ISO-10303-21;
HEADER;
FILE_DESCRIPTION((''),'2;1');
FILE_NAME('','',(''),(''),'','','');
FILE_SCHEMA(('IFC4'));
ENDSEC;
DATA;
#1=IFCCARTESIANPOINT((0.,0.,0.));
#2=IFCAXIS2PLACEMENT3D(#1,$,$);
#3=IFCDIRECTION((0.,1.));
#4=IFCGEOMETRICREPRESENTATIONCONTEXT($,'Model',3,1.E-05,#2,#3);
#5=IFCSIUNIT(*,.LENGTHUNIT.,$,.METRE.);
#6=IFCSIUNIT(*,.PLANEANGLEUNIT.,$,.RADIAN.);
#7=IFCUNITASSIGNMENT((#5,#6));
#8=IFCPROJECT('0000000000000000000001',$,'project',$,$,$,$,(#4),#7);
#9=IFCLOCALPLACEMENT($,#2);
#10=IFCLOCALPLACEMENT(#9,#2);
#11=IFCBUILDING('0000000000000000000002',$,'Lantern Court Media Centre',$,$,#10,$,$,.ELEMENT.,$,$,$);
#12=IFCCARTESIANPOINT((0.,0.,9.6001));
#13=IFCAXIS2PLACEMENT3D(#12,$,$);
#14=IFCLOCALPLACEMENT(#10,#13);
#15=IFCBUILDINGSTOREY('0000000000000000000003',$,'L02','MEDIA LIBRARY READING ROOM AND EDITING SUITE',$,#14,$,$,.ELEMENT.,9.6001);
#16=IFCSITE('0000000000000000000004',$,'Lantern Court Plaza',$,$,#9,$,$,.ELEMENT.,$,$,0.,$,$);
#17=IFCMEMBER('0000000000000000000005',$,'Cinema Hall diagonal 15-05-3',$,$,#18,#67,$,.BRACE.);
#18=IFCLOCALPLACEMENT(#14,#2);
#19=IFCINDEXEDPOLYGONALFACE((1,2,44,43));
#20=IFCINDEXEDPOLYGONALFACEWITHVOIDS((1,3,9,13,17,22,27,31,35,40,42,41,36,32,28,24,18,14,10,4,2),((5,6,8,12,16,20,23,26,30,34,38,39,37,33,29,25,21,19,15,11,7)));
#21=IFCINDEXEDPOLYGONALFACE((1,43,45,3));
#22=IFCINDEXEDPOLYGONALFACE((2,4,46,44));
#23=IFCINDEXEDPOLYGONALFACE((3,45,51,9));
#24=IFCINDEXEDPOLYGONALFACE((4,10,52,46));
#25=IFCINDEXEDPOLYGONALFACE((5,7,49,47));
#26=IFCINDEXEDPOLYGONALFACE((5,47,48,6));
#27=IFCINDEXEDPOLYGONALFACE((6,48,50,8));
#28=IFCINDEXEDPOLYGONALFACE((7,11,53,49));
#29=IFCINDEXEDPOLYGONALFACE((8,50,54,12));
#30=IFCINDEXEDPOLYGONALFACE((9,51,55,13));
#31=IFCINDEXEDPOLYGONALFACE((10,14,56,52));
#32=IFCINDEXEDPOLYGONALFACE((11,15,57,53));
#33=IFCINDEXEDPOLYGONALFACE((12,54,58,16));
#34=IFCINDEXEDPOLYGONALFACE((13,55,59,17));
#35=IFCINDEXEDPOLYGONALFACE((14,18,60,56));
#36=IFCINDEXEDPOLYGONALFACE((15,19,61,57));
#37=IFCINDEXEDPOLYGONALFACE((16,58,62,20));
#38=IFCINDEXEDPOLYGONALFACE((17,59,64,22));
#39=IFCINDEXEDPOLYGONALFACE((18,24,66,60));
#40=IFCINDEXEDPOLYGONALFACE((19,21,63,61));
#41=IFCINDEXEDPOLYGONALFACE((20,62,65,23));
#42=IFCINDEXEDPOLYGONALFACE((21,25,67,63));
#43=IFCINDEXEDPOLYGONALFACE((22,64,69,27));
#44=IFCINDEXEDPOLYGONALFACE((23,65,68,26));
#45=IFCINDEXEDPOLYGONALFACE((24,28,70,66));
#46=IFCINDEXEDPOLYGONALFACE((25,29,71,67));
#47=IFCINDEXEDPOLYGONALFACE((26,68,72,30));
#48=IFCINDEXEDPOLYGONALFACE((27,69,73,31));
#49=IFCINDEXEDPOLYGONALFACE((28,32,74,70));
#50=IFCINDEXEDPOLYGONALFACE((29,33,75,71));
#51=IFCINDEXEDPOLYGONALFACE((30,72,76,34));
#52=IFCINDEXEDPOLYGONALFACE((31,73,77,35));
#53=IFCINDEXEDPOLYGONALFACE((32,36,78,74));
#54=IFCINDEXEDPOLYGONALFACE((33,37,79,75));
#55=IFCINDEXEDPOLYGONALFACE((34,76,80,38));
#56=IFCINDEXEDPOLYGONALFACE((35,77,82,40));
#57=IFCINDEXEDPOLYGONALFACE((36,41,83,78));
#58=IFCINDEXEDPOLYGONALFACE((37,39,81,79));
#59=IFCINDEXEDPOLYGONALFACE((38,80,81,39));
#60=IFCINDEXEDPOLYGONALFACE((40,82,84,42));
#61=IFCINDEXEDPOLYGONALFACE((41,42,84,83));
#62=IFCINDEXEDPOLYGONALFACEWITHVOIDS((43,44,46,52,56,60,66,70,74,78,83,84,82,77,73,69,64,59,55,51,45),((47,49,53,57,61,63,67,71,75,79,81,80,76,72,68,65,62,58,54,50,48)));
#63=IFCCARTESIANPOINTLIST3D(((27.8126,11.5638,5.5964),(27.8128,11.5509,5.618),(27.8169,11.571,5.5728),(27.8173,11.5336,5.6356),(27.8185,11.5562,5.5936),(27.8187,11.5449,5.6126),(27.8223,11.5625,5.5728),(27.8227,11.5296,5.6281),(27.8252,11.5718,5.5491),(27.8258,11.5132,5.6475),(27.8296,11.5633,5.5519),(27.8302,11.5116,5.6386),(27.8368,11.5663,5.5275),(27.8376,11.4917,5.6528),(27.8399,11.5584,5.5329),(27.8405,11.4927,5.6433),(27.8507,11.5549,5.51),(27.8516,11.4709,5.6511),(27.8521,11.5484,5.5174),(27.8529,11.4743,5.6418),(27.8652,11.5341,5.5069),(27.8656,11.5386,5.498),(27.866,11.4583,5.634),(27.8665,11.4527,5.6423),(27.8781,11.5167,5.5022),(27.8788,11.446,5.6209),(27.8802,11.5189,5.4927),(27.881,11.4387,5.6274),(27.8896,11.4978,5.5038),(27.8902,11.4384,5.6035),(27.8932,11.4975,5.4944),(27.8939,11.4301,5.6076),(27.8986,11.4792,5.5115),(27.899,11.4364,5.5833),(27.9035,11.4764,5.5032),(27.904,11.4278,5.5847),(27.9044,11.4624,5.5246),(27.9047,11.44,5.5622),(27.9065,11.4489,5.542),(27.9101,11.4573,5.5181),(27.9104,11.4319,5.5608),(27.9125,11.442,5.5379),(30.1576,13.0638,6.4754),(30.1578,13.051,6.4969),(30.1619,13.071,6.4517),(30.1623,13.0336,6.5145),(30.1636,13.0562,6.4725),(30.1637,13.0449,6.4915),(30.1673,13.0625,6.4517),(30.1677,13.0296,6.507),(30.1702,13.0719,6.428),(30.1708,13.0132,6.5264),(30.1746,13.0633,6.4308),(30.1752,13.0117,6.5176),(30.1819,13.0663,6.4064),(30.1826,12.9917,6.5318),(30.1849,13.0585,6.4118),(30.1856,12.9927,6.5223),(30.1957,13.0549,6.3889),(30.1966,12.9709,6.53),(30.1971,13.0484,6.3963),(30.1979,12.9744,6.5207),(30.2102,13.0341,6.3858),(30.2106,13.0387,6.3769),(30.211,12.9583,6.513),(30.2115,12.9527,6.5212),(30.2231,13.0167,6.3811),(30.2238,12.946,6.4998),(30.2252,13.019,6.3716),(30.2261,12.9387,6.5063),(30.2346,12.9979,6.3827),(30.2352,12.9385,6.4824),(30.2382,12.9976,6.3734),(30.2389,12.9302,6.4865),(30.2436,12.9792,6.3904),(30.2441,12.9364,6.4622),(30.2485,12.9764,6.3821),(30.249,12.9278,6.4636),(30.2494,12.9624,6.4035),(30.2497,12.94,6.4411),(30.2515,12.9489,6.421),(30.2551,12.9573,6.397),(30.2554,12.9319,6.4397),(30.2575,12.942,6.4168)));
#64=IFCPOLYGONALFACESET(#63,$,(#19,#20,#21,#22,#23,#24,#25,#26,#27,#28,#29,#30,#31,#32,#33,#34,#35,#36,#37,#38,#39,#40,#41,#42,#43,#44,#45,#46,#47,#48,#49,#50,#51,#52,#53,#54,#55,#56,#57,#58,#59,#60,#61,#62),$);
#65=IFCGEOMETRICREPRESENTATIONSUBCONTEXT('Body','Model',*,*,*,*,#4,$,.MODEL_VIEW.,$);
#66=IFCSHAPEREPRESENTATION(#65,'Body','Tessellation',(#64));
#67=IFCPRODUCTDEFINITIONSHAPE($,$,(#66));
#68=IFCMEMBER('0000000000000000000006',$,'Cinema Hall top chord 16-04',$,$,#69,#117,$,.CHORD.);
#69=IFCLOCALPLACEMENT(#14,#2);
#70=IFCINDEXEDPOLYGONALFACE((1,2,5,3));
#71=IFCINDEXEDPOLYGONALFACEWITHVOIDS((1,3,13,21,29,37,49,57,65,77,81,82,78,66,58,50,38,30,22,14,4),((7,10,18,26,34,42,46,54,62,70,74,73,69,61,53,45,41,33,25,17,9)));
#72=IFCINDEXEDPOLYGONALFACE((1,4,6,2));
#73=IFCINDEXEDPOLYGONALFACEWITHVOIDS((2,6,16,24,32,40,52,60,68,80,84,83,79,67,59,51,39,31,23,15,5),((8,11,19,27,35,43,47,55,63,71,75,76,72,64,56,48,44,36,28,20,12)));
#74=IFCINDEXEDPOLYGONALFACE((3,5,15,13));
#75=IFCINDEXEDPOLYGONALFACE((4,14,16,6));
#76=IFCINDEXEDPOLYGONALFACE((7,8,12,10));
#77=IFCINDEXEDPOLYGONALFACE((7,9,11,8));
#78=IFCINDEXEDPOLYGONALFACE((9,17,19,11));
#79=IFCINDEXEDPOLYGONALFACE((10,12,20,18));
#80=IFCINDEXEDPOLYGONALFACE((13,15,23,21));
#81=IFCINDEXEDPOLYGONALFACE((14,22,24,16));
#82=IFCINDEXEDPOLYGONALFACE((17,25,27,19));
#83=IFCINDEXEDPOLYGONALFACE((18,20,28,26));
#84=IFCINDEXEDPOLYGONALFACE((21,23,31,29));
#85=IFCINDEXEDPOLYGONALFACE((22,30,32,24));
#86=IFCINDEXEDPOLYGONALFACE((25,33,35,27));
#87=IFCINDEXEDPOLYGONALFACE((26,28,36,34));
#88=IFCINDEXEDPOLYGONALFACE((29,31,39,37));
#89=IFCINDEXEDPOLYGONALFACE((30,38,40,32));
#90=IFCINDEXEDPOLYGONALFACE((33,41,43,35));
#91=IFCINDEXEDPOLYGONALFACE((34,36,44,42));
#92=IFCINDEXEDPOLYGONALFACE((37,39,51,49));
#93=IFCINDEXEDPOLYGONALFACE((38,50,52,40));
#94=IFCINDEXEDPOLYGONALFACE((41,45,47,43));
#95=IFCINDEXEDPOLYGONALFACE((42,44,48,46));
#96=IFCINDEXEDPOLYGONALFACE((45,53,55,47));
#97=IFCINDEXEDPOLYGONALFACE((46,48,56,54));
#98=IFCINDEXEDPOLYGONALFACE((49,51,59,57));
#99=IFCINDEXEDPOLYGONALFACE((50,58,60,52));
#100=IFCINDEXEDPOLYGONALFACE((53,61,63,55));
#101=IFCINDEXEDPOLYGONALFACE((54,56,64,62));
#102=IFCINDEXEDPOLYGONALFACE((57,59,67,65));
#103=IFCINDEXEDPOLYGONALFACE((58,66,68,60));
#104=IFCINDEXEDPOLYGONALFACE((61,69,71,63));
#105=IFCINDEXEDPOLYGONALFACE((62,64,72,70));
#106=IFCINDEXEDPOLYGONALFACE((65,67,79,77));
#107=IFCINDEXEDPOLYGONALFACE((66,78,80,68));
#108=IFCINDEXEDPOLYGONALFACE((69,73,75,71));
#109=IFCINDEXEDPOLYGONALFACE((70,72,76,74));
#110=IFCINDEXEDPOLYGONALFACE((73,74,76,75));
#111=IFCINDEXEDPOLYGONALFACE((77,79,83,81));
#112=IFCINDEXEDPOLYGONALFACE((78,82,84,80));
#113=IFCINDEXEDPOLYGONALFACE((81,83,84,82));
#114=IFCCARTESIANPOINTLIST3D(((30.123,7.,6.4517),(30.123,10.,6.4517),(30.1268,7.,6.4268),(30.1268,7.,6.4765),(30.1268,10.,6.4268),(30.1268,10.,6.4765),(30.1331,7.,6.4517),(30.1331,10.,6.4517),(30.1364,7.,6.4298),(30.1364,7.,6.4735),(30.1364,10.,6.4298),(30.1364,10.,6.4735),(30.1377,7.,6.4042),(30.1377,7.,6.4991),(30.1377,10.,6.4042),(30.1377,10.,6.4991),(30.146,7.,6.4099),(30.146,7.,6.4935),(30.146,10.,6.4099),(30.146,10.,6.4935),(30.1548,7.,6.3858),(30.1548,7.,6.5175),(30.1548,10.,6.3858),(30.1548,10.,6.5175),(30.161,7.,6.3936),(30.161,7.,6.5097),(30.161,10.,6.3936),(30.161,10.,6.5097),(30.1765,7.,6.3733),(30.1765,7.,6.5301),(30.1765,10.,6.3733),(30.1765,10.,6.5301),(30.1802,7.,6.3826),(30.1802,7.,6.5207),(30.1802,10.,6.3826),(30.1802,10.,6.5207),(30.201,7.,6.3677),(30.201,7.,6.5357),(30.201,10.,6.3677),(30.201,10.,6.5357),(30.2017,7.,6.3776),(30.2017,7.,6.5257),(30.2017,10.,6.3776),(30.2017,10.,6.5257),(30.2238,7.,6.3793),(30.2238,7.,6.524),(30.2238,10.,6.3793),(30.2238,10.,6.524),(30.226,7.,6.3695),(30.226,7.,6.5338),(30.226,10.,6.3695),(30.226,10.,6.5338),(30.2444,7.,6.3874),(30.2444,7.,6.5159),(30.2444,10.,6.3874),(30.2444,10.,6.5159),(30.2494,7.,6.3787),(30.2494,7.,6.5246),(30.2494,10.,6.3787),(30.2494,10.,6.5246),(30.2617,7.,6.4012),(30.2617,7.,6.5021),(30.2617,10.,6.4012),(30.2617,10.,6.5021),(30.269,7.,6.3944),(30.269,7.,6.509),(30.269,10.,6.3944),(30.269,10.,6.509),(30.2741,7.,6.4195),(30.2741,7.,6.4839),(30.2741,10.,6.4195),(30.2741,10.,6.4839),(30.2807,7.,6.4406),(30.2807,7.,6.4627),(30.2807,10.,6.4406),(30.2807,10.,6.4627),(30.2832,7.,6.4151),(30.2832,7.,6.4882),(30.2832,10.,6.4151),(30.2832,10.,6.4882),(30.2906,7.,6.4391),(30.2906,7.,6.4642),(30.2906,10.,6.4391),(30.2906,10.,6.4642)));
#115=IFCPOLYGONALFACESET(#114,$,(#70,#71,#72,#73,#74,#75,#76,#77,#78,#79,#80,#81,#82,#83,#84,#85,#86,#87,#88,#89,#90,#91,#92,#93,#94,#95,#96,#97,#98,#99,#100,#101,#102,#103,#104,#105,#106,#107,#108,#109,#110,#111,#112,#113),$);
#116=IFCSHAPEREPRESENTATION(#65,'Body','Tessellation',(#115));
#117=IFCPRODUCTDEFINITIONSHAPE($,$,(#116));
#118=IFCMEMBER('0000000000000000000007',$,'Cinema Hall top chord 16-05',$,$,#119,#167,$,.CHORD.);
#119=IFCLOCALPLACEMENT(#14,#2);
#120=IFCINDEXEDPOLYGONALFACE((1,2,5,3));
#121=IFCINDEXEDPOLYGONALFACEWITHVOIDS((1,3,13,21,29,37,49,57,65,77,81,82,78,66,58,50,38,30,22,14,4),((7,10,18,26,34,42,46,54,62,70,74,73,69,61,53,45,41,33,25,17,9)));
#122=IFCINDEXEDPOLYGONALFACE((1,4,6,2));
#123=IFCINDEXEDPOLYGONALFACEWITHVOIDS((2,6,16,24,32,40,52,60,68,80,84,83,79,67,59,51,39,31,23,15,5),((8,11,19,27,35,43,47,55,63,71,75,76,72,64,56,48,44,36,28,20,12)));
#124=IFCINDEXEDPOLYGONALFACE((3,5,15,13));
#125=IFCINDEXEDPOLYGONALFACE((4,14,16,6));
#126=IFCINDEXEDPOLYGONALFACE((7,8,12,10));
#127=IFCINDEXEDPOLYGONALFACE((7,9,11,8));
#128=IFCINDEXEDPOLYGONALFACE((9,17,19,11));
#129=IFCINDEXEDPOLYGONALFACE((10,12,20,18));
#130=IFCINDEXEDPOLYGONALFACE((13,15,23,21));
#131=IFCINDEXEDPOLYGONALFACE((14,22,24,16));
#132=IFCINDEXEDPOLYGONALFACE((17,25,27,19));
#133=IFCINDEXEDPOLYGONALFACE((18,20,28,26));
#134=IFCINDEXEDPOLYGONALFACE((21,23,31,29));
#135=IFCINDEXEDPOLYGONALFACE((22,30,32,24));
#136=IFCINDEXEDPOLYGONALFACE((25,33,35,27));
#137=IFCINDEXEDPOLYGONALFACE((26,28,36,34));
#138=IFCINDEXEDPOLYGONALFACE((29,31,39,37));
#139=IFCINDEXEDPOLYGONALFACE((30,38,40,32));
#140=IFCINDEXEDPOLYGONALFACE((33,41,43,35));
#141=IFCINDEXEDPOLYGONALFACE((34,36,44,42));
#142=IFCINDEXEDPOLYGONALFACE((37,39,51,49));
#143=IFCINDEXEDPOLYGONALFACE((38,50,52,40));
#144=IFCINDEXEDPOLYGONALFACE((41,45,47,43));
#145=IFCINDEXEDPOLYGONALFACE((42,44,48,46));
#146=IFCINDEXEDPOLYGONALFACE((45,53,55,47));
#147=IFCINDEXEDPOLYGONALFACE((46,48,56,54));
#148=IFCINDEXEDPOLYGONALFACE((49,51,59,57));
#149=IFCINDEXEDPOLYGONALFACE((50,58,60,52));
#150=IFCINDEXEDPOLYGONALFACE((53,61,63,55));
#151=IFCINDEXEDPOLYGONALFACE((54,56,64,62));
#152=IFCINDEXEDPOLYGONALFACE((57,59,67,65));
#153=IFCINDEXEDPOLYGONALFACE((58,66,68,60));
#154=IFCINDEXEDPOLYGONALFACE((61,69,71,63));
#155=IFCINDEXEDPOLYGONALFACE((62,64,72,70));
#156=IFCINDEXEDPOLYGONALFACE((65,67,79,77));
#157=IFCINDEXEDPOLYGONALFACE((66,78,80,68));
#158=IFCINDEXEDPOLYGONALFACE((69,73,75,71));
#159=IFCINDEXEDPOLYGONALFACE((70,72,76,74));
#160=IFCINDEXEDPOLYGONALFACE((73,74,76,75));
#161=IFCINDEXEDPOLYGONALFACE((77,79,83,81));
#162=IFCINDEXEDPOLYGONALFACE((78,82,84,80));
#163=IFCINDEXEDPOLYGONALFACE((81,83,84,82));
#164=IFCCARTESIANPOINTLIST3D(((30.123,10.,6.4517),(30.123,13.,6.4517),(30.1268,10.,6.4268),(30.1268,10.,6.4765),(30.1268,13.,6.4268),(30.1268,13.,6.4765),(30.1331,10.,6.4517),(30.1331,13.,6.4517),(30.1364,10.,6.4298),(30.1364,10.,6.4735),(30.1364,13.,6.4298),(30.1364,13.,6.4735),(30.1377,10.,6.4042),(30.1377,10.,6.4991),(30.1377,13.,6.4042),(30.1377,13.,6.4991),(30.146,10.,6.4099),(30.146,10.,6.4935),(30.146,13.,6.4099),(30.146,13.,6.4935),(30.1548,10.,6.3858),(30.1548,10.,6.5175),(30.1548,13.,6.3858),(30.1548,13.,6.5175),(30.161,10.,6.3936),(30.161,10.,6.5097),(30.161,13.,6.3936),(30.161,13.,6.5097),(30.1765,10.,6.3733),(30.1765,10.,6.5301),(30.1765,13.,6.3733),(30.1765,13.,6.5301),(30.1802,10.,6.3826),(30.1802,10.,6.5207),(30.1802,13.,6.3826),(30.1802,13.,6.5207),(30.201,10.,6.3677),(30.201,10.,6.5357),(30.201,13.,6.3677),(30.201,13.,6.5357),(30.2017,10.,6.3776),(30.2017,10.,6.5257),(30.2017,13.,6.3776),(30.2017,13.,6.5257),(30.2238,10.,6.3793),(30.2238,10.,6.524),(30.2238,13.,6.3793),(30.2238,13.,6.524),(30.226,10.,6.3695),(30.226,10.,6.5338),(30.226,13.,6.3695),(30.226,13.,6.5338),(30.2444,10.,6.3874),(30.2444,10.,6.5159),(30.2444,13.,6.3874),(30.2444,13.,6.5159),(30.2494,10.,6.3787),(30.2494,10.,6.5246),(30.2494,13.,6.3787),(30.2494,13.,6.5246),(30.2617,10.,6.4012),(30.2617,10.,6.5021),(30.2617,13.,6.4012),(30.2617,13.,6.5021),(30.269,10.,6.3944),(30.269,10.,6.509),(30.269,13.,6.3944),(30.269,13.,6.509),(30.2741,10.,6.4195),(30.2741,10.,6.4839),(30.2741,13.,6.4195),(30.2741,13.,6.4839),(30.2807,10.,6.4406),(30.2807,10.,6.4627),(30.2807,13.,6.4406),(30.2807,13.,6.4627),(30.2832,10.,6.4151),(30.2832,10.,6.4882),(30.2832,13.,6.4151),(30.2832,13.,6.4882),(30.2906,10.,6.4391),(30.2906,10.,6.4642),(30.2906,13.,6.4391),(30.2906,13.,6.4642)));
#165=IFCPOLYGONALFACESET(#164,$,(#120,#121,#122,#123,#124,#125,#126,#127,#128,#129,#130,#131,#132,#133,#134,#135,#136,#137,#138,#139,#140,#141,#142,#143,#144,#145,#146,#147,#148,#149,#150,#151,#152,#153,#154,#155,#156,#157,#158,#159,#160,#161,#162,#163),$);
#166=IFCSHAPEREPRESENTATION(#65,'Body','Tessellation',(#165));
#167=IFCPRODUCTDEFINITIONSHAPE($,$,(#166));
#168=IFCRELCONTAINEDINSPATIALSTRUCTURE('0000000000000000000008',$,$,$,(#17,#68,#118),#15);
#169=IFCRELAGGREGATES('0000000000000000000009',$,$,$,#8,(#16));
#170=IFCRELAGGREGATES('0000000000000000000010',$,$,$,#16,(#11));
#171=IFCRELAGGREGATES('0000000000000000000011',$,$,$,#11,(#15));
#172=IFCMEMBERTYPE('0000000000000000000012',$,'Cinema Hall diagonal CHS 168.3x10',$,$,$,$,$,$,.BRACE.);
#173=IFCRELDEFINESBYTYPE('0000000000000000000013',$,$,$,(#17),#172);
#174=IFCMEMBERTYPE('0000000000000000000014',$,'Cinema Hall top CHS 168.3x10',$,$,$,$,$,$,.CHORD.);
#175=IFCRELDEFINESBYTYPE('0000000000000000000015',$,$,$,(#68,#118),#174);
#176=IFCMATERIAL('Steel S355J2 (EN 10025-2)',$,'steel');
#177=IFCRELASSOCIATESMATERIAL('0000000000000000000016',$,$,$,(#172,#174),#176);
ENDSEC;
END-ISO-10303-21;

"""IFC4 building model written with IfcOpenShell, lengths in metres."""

from ifc_helpers import new_model, si_unit, direction, frame, origin, origin_2d, place, context, subcontext, project, spatial, hollow_circle, extrude, material, material_profile, profile_set, type_object, element, save


model = new_model("IFC4")

# Units and contexts
model_context = context("Model", 3, precision=1e-05, world=origin(), true_north=direction((0.0, 1.0)))
body_context = subcontext(model_context, "Body", "Model", "MODEL_VIEW")
ifc_project = project(units=[si_unit("LENGTHUNIT", "METRE"), si_unit("PLANEANGLEUNIT", "RADIAN")], contexts=[model_context])

# Site, building, storey
site_placement = place(None, origin())
site = spatial("IfcSite", under=ifc_project, at=site_placement, Name="Lantern Court Plaza", CompositionType="ELEMENT", RefElevation=0.0)
building_placement = place(site_placement, origin())
building = spatial("IfcBuilding", under=site, at=building_placement, Name="Lantern Court Media Centre", CompositionType="ELEMENT")
storey_placement = place(building_placement, frame((0.0, 0.0, 9.6001)))
storey = spatial("IfcBuildingStorey", under=building, at=storey_placement, Name="L02", Description="MEDIA LIBRARY READING ROOM AND EDITING SUITE", CompositionType="ELEMENT", Elevation=9.6001)

# Members
ifc_material = material(Name="Steel S355J2 (EN 10025-2)", Category="steel")
ifc_material_profile_1 = material_profile(ifc_material, hollow_circle(Radius=0.0842, WallThickness=0.01, at=origin_2d()), Name="Cinema Hall diagonal CHS 168.3x10")
ifc_profile_set_1 = profile_set([ifc_material_profile_1], Name="Steel S355J2 (EN 10025-2)")
member_type_1 = type_object("IfcMemberType", Name="Cinema Hall diagonal CHS 168.3x10", PredefinedType="BRACE", material=ifc_profile_set_1)
for number, where, z_axis, x_axis, name in (
    (1, (27.8623, 11.5, 5.5728), (0.803309, 0.51385, 0.301084), (-0.538855, 0.842399, 0.0), "Cinema Hall diagonal 15-05-3"),
):
    element("IfcMember", number, at=place(storey_placement, frame(where, z_axis=z_axis, x_axis=x_axis)), inside=storey, type_object=member_type_1, Name=name, PredefinedType="BRACE", context=body_context, shape_type="SweptSolid", body=[
        extrude(hollow_circle(Radius=0.0842, WallThickness=0.01, at=origin_2d()), origin(), (0.0, 0.0, 1.0), 2.9192),
    ])
ifc_material_profile_2 = material_profile(ifc_material, hollow_circle(Radius=0.0842, WallThickness=0.01, at=origin_2d()), Name="Cinema Hall top CHS 168.3x10")
ifc_profile_set_2 = profile_set([ifc_material_profile_2], Name="Steel S355J2 (EN 10025-2)")
member_type_2 = type_object("IfcMemberType", Name="Cinema Hall top CHS 168.3x10", PredefinedType="CHORD", material=ifc_profile_set_2)
for number, where, z_axis, x_axis, name in (
    (2, (30.2073, 7.0, 6.4517), (0.0, 1.0, 0.0), (-1.0, 0.0, 0.0), "Cinema Hall top chord 16-04"),
    (3, (30.2073, 10.0, 6.4517), (0.0, 1.0, 0.0), (-1.0, 0.0, 0.0), "Cinema Hall top chord 16-05"),
):
    element("IfcMember", number, at=place(storey_placement, frame(where, z_axis=z_axis, x_axis=x_axis)), inside=storey, type_object=member_type_2, Name=name, PredefinedType="CHORD", context=body_context, shape_type="SweptSolid", body=[
        extrude(hollow_circle(Radius=0.0842, WallThickness=0.01, at=origin_2d()), origin(), (0.0, 0.0, 1.0), 3.0),
    ])

save(model, "model.ifc")
